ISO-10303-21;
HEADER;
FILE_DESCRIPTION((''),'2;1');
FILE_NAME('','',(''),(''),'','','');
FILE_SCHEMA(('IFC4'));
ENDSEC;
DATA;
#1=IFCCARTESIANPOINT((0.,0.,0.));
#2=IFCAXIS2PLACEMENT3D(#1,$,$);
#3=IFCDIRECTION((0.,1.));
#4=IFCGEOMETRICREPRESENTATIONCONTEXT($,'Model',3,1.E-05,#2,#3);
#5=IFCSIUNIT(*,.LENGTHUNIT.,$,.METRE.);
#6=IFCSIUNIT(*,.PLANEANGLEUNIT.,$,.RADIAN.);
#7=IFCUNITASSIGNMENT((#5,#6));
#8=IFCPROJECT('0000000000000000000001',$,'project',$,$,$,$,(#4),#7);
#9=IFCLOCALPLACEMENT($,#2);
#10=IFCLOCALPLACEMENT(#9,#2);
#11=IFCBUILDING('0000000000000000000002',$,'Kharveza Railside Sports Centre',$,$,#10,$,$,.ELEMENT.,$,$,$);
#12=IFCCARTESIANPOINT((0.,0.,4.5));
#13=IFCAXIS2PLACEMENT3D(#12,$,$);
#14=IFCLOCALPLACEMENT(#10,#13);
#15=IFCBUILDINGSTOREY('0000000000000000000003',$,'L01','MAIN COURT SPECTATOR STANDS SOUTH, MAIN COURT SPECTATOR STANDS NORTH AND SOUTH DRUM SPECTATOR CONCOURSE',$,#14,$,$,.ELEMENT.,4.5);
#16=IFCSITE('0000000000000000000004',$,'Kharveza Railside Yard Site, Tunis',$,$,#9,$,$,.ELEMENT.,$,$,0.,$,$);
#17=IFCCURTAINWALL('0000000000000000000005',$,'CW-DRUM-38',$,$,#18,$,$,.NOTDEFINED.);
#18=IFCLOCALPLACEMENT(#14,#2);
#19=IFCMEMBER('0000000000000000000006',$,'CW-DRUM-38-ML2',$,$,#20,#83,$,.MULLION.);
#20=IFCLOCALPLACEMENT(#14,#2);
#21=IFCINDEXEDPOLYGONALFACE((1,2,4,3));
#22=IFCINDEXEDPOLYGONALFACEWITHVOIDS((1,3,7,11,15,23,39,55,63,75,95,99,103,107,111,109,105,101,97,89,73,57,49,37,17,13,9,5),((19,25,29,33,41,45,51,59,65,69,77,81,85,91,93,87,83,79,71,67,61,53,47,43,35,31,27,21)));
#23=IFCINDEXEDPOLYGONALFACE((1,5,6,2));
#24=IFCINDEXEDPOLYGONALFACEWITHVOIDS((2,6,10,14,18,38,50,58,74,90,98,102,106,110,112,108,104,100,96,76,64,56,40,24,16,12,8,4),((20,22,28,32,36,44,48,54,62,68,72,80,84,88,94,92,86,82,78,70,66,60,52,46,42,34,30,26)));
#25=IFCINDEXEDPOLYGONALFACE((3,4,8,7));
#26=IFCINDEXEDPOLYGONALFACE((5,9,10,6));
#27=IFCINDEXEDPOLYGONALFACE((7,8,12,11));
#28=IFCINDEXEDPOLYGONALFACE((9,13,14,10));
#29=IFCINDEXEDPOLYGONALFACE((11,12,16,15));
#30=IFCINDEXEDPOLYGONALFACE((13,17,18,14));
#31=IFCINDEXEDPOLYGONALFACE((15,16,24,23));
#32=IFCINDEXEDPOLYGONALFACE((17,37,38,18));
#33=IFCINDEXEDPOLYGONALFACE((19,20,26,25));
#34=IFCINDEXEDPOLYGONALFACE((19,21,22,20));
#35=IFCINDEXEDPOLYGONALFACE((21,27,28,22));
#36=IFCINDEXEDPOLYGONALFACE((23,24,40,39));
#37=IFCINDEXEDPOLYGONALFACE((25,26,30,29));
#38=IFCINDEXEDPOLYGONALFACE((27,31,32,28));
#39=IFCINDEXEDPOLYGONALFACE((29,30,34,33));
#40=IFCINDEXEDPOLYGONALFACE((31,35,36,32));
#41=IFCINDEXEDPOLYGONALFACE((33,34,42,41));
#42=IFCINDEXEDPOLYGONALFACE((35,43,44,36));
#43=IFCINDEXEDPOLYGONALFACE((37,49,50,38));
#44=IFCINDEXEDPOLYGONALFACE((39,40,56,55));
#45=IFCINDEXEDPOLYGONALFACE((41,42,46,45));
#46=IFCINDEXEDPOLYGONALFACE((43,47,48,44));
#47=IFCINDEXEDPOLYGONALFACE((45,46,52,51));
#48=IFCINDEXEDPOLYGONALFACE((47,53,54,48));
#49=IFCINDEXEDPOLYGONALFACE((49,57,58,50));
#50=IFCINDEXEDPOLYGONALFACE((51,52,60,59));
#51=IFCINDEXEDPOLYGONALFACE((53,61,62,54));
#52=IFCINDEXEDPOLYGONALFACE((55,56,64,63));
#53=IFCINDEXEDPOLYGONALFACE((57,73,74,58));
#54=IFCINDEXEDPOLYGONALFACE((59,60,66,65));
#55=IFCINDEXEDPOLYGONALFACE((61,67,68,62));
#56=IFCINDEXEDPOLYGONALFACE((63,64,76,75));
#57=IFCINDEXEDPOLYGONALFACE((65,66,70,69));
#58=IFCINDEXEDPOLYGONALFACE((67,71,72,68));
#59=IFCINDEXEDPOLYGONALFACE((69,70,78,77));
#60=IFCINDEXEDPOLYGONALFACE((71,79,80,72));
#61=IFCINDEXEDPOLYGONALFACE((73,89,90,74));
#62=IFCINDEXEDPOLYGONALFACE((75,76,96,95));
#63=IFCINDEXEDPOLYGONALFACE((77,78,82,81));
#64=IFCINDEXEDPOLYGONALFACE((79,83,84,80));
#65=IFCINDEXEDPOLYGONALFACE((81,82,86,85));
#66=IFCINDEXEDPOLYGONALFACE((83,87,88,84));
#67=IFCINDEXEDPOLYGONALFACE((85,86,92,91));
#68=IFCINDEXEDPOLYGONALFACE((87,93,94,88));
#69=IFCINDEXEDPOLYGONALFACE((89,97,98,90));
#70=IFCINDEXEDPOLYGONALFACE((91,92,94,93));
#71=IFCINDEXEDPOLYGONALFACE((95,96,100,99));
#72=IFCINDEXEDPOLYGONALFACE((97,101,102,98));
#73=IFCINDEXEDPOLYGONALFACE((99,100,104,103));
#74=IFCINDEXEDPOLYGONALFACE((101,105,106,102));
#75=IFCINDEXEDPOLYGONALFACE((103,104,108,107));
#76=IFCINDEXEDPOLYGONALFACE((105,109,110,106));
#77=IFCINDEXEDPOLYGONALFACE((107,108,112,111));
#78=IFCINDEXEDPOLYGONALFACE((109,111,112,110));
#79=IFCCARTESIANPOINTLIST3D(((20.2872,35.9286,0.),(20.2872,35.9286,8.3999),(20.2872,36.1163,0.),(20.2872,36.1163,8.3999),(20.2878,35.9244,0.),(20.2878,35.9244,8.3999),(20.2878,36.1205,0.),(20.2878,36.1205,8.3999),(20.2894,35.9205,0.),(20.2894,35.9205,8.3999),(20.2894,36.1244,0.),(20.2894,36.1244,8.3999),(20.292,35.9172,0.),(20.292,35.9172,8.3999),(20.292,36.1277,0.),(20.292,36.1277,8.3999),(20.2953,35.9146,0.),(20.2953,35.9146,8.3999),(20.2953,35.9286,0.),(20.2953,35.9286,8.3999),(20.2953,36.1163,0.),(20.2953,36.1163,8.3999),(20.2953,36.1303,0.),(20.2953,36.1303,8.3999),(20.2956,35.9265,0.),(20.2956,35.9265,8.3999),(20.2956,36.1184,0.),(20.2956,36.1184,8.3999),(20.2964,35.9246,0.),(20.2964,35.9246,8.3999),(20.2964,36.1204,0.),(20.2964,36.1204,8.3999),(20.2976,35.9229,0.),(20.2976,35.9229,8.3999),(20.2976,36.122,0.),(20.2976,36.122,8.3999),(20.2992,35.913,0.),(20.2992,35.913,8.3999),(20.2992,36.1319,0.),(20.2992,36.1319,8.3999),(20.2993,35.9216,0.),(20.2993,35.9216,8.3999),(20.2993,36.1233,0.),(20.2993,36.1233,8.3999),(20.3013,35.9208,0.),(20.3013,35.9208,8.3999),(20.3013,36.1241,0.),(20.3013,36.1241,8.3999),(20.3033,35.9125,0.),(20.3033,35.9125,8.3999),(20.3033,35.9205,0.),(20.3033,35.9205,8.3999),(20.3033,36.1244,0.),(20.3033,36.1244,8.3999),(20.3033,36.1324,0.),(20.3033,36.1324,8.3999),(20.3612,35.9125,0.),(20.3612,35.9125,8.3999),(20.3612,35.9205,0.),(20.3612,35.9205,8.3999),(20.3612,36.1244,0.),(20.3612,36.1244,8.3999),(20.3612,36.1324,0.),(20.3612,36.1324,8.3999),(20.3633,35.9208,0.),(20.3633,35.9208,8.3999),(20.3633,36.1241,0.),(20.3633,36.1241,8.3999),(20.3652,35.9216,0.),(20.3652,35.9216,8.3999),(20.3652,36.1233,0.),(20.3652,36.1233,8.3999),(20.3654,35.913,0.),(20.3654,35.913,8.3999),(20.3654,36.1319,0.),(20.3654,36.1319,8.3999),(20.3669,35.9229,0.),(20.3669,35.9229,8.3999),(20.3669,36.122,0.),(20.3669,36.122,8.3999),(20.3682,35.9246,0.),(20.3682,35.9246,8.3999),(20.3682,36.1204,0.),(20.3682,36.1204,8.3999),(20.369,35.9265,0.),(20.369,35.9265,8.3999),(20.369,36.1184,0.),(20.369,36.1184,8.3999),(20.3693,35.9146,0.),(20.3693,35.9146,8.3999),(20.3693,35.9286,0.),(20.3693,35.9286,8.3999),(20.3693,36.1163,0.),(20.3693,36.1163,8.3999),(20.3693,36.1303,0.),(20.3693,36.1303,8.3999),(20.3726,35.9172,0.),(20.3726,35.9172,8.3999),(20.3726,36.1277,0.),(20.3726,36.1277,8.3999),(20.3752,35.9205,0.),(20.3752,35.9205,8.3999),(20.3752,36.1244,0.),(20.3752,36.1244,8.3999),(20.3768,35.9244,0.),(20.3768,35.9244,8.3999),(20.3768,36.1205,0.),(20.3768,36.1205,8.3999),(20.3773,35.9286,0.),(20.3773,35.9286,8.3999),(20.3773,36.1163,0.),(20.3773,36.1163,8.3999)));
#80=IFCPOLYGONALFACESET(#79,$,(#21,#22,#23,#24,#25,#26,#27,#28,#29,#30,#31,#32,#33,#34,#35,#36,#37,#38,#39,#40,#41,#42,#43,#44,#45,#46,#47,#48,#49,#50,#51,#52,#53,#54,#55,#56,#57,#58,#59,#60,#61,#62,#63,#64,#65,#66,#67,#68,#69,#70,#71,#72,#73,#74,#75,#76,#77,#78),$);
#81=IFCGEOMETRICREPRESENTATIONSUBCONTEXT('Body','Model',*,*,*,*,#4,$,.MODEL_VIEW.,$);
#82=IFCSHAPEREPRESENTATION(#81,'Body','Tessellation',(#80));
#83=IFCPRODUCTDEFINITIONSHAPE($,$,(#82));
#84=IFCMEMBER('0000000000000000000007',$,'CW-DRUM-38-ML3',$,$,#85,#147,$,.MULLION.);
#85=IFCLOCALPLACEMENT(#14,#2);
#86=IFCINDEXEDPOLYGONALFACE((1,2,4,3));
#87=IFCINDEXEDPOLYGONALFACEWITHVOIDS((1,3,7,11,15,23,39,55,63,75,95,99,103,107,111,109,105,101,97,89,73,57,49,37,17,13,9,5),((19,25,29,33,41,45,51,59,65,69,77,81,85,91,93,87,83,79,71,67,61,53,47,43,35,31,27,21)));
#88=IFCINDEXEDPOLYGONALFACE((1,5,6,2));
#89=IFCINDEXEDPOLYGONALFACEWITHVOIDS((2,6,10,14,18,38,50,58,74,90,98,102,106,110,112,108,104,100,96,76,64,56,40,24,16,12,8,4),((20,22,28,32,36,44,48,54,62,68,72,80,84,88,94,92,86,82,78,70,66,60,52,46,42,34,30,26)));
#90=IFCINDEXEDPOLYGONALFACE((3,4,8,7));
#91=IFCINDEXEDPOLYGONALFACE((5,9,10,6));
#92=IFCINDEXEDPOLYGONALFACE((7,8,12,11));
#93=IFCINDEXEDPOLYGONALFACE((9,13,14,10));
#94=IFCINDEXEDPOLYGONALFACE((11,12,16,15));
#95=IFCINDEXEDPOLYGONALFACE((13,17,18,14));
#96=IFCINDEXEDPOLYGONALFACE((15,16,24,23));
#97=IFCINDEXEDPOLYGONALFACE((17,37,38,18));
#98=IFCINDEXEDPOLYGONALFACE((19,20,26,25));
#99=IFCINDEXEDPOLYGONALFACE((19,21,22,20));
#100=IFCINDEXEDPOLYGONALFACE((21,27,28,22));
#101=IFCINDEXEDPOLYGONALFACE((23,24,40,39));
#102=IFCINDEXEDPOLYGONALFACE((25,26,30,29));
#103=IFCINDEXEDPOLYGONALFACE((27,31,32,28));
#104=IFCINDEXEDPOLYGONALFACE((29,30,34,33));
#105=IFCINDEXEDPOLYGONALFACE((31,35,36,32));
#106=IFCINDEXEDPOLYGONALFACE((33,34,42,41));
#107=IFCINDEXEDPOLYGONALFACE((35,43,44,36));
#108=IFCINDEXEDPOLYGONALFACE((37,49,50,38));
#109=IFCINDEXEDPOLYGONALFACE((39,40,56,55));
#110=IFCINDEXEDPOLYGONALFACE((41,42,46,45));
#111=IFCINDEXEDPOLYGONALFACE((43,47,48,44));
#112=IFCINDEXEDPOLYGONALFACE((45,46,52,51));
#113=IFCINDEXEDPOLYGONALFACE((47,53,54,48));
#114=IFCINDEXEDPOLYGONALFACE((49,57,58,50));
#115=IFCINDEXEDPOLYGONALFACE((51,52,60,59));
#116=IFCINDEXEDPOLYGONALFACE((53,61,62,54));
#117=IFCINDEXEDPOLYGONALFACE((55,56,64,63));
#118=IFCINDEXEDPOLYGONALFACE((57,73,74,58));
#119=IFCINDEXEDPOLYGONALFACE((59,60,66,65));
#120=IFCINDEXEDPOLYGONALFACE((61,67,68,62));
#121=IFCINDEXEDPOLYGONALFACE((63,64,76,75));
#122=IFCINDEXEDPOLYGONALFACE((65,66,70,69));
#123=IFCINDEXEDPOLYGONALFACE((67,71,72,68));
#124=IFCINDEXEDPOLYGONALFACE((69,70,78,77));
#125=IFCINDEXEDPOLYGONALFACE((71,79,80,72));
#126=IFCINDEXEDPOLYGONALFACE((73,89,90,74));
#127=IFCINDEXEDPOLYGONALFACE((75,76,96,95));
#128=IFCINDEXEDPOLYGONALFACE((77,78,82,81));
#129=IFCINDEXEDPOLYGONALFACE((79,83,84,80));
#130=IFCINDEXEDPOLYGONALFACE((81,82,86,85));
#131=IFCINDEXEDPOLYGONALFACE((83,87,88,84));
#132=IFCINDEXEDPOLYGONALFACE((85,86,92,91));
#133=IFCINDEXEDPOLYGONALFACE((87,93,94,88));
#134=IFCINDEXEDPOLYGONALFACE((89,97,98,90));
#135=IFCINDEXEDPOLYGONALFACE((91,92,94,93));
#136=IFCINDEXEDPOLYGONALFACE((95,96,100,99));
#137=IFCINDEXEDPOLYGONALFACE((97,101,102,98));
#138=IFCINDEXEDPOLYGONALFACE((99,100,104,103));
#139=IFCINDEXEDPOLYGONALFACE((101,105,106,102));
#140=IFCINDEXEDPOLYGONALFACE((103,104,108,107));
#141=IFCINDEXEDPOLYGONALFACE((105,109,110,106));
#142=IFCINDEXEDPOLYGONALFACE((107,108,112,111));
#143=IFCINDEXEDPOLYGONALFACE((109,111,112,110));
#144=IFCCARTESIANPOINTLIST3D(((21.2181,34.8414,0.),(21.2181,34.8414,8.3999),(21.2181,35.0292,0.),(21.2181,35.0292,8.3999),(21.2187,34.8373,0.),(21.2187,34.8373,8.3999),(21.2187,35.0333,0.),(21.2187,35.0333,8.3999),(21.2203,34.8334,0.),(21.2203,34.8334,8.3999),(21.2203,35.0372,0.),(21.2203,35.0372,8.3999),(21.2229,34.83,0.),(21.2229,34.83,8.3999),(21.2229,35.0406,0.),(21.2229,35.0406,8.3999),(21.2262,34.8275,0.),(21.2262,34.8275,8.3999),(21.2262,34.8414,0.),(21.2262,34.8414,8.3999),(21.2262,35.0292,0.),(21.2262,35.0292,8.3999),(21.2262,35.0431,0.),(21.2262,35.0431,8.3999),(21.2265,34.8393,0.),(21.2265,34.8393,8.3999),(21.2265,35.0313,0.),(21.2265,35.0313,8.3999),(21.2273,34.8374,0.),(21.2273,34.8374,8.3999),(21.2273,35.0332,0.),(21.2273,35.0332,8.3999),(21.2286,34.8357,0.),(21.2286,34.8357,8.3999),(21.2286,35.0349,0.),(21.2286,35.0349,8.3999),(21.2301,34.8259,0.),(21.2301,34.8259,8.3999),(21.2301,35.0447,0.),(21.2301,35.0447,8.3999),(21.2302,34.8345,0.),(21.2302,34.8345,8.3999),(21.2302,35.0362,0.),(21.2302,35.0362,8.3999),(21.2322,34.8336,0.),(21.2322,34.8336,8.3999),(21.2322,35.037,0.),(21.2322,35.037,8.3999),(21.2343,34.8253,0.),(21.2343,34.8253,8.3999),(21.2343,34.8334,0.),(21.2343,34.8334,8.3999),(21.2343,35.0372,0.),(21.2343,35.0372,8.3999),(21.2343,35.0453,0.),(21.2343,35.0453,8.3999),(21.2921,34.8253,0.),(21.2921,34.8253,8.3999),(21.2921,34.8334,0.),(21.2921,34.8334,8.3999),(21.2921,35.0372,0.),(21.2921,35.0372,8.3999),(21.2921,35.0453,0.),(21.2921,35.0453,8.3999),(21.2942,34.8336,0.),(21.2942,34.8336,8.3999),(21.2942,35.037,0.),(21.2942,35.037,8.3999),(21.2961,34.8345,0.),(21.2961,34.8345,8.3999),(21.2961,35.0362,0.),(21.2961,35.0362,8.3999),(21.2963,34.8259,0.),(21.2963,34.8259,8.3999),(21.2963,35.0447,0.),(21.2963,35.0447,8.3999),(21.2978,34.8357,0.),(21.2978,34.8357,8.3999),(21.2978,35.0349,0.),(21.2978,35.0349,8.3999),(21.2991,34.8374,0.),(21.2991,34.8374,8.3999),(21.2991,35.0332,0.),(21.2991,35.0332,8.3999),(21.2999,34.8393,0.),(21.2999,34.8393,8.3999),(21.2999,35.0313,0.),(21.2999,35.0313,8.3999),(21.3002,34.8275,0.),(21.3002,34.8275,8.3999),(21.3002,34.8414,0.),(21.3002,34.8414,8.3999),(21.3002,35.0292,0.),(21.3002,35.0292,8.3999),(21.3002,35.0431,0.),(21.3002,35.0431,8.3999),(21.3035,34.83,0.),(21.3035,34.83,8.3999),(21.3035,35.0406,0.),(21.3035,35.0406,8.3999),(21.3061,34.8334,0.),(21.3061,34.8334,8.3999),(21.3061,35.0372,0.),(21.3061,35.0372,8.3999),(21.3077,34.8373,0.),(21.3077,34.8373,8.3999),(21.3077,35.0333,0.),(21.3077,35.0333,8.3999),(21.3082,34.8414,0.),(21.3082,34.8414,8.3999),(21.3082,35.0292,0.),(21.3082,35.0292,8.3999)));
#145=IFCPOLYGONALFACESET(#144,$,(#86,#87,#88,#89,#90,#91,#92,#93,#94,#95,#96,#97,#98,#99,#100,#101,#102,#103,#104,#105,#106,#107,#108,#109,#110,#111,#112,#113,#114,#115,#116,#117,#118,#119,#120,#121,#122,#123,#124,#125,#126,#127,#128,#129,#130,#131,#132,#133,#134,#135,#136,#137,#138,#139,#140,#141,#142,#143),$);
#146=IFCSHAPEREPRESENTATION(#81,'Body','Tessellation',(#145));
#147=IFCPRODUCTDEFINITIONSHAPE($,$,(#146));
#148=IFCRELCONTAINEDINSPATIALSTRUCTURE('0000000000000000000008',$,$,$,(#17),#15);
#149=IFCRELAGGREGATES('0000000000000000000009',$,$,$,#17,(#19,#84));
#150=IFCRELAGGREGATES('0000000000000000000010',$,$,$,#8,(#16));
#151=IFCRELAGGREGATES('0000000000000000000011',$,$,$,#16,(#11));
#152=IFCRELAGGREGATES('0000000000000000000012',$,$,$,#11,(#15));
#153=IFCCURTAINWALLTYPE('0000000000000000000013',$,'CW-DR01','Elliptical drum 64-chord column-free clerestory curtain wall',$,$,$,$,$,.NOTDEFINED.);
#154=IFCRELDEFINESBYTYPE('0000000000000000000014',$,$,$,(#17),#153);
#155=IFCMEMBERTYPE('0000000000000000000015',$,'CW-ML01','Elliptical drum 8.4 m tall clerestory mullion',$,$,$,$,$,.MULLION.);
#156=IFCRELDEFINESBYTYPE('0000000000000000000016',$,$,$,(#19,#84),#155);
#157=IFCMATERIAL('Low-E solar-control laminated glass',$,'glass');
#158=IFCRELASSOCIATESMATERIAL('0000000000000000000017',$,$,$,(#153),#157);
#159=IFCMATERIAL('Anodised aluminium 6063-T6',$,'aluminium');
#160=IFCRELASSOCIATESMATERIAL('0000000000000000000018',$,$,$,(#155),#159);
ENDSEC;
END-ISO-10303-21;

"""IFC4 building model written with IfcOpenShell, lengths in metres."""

from ifc_helpers import new_model, si_unit, direction, frame, origin, origin_2d, place, context, subcontext, project, spatial, hollow_rectangle, extrude, material, material_profile, profile_set, type_object, element, aggregate, save


model = new_model("IFC4")

# Units and contexts
model_context = context("Model", 3, precision=1e-05, world=origin(), true_north=direction((0.0, 1.0)))
body_context = subcontext(model_context, "Body", "Model", "MODEL_VIEW")
ifc_project = project(units=[si_unit("LENGTHUNIT", "METRE"), si_unit("PLANEANGLEUNIT", "RADIAN")], contexts=[model_context])

# Site, building, storey
site_placement = place(None, origin())
site = spatial("IfcSite", under=ifc_project, at=site_placement, Name="Kharveza Railside Yard Site, Tunis", CompositionType="ELEMENT", RefElevation=0.0)
building_placement = place(site_placement, origin())
building = spatial("IfcBuilding", under=site, at=building_placement, Name="Kharveza Railside Sports Centre", CompositionType="ELEMENT")
storey_placement = place(building_placement, frame((0.0, 0.0, 4.5)))
storey = spatial("IfcBuildingStorey", under=building, at=storey_placement, Name="L01", Description="MAIN COURT SPECTATOR STANDS SOUTH, MAIN COURT SPECTATOR STANDS NORTH AND SOUTH DRUM SPECTATOR CONCOURSE", CompositionType="ELEMENT", Elevation=4.5)

# Shared definitions
ifc_material_1 = material(Name="Low-E solar-control laminated glass", Category="glass")
curtain_wall_type = type_object("IfcCurtainWallType", Name="CW-DR01", Description="Elliptical drum 64-chord column-free clerestory curtain wall", PredefinedType="NOTDEFINED", material=ifc_material_1)
ifc_material_2 = material(Name="Anodised aluminium 6063-T6", Category="aluminium")
ifc_material_profile_1 = material_profile(ifc_material_2, hollow_rectangle(XDim=0.0901, YDim=0.22, WallThickness=0.0081, InnerFilletRadius=0.0081, OuterFilletRadius=0.0161, at=origin_2d()), Name="RHS 90x220x8.0")
ifc_profile_set_1 = profile_set([ifc_material_profile_1], Name="Anodised aluminium 6063-T6")
member_type_1 = type_object("IfcMemberType", Name="CW-ML01", Description="Elliptical drum 8.4 m tall clerestory mullion", PredefinedType="MULLION", material=ifc_profile_set_1)

# Curtain wall, members
curtain_wall_1_placement = place(storey_placement, origin())
curtain_wall_1 = element("IfcCurtainWall", 1, at=curtain_wall_1_placement, inside=storey, type_object=curtain_wall_type, Name="CW-DRUM-38", PredefinedType="NOTDEFINED")
member_1_placement = place(storey_placement, frame((20.3323, 36.0225, 0.0), z_axis=(0.0, 0.0, 1.0), x_axis=(1.0, 0.0, 0.0)))
member_1 = element("IfcMember", 2, at=member_1_placement, type_object=member_type_1, Name="CW-DRUM-38-ML2", PredefinedType="MULLION", context=body_context, shape_type="SweptSolid", body=[
    extrude(hollow_rectangle(XDim=0.0901, YDim=0.22, WallThickness=0.0081, InnerFilletRadius=0.0081, OuterFilletRadius=0.0161, at=origin_2d()), origin(), (0.0, 0.0, 1.0), 8.3999),
])
member_2_placement = place(storey_placement, frame((21.2632, 34.9353, 0.0), z_axis=(0.0, 0.0, 1.0), x_axis=(1.0, 0.0, 0.0)))
member_2 = element("IfcMember", 3, at=member_2_placement, type_object=member_type_1, Name="CW-DRUM-38-ML3", PredefinedType="MULLION", context=body_context, shape_type="SweptSolid", body=[
    extrude(hollow_rectangle(XDim=0.0901, YDim=0.22, WallThickness=0.0081, InnerFilletRadius=0.0081, OuterFilletRadius=0.0161, at=origin_2d()), origin(), (0.0, 0.0, 1.0), 8.3999),
])

aggregate(curtain_wall_1, [member_1, member_2])

save(model, "model.ifc")
